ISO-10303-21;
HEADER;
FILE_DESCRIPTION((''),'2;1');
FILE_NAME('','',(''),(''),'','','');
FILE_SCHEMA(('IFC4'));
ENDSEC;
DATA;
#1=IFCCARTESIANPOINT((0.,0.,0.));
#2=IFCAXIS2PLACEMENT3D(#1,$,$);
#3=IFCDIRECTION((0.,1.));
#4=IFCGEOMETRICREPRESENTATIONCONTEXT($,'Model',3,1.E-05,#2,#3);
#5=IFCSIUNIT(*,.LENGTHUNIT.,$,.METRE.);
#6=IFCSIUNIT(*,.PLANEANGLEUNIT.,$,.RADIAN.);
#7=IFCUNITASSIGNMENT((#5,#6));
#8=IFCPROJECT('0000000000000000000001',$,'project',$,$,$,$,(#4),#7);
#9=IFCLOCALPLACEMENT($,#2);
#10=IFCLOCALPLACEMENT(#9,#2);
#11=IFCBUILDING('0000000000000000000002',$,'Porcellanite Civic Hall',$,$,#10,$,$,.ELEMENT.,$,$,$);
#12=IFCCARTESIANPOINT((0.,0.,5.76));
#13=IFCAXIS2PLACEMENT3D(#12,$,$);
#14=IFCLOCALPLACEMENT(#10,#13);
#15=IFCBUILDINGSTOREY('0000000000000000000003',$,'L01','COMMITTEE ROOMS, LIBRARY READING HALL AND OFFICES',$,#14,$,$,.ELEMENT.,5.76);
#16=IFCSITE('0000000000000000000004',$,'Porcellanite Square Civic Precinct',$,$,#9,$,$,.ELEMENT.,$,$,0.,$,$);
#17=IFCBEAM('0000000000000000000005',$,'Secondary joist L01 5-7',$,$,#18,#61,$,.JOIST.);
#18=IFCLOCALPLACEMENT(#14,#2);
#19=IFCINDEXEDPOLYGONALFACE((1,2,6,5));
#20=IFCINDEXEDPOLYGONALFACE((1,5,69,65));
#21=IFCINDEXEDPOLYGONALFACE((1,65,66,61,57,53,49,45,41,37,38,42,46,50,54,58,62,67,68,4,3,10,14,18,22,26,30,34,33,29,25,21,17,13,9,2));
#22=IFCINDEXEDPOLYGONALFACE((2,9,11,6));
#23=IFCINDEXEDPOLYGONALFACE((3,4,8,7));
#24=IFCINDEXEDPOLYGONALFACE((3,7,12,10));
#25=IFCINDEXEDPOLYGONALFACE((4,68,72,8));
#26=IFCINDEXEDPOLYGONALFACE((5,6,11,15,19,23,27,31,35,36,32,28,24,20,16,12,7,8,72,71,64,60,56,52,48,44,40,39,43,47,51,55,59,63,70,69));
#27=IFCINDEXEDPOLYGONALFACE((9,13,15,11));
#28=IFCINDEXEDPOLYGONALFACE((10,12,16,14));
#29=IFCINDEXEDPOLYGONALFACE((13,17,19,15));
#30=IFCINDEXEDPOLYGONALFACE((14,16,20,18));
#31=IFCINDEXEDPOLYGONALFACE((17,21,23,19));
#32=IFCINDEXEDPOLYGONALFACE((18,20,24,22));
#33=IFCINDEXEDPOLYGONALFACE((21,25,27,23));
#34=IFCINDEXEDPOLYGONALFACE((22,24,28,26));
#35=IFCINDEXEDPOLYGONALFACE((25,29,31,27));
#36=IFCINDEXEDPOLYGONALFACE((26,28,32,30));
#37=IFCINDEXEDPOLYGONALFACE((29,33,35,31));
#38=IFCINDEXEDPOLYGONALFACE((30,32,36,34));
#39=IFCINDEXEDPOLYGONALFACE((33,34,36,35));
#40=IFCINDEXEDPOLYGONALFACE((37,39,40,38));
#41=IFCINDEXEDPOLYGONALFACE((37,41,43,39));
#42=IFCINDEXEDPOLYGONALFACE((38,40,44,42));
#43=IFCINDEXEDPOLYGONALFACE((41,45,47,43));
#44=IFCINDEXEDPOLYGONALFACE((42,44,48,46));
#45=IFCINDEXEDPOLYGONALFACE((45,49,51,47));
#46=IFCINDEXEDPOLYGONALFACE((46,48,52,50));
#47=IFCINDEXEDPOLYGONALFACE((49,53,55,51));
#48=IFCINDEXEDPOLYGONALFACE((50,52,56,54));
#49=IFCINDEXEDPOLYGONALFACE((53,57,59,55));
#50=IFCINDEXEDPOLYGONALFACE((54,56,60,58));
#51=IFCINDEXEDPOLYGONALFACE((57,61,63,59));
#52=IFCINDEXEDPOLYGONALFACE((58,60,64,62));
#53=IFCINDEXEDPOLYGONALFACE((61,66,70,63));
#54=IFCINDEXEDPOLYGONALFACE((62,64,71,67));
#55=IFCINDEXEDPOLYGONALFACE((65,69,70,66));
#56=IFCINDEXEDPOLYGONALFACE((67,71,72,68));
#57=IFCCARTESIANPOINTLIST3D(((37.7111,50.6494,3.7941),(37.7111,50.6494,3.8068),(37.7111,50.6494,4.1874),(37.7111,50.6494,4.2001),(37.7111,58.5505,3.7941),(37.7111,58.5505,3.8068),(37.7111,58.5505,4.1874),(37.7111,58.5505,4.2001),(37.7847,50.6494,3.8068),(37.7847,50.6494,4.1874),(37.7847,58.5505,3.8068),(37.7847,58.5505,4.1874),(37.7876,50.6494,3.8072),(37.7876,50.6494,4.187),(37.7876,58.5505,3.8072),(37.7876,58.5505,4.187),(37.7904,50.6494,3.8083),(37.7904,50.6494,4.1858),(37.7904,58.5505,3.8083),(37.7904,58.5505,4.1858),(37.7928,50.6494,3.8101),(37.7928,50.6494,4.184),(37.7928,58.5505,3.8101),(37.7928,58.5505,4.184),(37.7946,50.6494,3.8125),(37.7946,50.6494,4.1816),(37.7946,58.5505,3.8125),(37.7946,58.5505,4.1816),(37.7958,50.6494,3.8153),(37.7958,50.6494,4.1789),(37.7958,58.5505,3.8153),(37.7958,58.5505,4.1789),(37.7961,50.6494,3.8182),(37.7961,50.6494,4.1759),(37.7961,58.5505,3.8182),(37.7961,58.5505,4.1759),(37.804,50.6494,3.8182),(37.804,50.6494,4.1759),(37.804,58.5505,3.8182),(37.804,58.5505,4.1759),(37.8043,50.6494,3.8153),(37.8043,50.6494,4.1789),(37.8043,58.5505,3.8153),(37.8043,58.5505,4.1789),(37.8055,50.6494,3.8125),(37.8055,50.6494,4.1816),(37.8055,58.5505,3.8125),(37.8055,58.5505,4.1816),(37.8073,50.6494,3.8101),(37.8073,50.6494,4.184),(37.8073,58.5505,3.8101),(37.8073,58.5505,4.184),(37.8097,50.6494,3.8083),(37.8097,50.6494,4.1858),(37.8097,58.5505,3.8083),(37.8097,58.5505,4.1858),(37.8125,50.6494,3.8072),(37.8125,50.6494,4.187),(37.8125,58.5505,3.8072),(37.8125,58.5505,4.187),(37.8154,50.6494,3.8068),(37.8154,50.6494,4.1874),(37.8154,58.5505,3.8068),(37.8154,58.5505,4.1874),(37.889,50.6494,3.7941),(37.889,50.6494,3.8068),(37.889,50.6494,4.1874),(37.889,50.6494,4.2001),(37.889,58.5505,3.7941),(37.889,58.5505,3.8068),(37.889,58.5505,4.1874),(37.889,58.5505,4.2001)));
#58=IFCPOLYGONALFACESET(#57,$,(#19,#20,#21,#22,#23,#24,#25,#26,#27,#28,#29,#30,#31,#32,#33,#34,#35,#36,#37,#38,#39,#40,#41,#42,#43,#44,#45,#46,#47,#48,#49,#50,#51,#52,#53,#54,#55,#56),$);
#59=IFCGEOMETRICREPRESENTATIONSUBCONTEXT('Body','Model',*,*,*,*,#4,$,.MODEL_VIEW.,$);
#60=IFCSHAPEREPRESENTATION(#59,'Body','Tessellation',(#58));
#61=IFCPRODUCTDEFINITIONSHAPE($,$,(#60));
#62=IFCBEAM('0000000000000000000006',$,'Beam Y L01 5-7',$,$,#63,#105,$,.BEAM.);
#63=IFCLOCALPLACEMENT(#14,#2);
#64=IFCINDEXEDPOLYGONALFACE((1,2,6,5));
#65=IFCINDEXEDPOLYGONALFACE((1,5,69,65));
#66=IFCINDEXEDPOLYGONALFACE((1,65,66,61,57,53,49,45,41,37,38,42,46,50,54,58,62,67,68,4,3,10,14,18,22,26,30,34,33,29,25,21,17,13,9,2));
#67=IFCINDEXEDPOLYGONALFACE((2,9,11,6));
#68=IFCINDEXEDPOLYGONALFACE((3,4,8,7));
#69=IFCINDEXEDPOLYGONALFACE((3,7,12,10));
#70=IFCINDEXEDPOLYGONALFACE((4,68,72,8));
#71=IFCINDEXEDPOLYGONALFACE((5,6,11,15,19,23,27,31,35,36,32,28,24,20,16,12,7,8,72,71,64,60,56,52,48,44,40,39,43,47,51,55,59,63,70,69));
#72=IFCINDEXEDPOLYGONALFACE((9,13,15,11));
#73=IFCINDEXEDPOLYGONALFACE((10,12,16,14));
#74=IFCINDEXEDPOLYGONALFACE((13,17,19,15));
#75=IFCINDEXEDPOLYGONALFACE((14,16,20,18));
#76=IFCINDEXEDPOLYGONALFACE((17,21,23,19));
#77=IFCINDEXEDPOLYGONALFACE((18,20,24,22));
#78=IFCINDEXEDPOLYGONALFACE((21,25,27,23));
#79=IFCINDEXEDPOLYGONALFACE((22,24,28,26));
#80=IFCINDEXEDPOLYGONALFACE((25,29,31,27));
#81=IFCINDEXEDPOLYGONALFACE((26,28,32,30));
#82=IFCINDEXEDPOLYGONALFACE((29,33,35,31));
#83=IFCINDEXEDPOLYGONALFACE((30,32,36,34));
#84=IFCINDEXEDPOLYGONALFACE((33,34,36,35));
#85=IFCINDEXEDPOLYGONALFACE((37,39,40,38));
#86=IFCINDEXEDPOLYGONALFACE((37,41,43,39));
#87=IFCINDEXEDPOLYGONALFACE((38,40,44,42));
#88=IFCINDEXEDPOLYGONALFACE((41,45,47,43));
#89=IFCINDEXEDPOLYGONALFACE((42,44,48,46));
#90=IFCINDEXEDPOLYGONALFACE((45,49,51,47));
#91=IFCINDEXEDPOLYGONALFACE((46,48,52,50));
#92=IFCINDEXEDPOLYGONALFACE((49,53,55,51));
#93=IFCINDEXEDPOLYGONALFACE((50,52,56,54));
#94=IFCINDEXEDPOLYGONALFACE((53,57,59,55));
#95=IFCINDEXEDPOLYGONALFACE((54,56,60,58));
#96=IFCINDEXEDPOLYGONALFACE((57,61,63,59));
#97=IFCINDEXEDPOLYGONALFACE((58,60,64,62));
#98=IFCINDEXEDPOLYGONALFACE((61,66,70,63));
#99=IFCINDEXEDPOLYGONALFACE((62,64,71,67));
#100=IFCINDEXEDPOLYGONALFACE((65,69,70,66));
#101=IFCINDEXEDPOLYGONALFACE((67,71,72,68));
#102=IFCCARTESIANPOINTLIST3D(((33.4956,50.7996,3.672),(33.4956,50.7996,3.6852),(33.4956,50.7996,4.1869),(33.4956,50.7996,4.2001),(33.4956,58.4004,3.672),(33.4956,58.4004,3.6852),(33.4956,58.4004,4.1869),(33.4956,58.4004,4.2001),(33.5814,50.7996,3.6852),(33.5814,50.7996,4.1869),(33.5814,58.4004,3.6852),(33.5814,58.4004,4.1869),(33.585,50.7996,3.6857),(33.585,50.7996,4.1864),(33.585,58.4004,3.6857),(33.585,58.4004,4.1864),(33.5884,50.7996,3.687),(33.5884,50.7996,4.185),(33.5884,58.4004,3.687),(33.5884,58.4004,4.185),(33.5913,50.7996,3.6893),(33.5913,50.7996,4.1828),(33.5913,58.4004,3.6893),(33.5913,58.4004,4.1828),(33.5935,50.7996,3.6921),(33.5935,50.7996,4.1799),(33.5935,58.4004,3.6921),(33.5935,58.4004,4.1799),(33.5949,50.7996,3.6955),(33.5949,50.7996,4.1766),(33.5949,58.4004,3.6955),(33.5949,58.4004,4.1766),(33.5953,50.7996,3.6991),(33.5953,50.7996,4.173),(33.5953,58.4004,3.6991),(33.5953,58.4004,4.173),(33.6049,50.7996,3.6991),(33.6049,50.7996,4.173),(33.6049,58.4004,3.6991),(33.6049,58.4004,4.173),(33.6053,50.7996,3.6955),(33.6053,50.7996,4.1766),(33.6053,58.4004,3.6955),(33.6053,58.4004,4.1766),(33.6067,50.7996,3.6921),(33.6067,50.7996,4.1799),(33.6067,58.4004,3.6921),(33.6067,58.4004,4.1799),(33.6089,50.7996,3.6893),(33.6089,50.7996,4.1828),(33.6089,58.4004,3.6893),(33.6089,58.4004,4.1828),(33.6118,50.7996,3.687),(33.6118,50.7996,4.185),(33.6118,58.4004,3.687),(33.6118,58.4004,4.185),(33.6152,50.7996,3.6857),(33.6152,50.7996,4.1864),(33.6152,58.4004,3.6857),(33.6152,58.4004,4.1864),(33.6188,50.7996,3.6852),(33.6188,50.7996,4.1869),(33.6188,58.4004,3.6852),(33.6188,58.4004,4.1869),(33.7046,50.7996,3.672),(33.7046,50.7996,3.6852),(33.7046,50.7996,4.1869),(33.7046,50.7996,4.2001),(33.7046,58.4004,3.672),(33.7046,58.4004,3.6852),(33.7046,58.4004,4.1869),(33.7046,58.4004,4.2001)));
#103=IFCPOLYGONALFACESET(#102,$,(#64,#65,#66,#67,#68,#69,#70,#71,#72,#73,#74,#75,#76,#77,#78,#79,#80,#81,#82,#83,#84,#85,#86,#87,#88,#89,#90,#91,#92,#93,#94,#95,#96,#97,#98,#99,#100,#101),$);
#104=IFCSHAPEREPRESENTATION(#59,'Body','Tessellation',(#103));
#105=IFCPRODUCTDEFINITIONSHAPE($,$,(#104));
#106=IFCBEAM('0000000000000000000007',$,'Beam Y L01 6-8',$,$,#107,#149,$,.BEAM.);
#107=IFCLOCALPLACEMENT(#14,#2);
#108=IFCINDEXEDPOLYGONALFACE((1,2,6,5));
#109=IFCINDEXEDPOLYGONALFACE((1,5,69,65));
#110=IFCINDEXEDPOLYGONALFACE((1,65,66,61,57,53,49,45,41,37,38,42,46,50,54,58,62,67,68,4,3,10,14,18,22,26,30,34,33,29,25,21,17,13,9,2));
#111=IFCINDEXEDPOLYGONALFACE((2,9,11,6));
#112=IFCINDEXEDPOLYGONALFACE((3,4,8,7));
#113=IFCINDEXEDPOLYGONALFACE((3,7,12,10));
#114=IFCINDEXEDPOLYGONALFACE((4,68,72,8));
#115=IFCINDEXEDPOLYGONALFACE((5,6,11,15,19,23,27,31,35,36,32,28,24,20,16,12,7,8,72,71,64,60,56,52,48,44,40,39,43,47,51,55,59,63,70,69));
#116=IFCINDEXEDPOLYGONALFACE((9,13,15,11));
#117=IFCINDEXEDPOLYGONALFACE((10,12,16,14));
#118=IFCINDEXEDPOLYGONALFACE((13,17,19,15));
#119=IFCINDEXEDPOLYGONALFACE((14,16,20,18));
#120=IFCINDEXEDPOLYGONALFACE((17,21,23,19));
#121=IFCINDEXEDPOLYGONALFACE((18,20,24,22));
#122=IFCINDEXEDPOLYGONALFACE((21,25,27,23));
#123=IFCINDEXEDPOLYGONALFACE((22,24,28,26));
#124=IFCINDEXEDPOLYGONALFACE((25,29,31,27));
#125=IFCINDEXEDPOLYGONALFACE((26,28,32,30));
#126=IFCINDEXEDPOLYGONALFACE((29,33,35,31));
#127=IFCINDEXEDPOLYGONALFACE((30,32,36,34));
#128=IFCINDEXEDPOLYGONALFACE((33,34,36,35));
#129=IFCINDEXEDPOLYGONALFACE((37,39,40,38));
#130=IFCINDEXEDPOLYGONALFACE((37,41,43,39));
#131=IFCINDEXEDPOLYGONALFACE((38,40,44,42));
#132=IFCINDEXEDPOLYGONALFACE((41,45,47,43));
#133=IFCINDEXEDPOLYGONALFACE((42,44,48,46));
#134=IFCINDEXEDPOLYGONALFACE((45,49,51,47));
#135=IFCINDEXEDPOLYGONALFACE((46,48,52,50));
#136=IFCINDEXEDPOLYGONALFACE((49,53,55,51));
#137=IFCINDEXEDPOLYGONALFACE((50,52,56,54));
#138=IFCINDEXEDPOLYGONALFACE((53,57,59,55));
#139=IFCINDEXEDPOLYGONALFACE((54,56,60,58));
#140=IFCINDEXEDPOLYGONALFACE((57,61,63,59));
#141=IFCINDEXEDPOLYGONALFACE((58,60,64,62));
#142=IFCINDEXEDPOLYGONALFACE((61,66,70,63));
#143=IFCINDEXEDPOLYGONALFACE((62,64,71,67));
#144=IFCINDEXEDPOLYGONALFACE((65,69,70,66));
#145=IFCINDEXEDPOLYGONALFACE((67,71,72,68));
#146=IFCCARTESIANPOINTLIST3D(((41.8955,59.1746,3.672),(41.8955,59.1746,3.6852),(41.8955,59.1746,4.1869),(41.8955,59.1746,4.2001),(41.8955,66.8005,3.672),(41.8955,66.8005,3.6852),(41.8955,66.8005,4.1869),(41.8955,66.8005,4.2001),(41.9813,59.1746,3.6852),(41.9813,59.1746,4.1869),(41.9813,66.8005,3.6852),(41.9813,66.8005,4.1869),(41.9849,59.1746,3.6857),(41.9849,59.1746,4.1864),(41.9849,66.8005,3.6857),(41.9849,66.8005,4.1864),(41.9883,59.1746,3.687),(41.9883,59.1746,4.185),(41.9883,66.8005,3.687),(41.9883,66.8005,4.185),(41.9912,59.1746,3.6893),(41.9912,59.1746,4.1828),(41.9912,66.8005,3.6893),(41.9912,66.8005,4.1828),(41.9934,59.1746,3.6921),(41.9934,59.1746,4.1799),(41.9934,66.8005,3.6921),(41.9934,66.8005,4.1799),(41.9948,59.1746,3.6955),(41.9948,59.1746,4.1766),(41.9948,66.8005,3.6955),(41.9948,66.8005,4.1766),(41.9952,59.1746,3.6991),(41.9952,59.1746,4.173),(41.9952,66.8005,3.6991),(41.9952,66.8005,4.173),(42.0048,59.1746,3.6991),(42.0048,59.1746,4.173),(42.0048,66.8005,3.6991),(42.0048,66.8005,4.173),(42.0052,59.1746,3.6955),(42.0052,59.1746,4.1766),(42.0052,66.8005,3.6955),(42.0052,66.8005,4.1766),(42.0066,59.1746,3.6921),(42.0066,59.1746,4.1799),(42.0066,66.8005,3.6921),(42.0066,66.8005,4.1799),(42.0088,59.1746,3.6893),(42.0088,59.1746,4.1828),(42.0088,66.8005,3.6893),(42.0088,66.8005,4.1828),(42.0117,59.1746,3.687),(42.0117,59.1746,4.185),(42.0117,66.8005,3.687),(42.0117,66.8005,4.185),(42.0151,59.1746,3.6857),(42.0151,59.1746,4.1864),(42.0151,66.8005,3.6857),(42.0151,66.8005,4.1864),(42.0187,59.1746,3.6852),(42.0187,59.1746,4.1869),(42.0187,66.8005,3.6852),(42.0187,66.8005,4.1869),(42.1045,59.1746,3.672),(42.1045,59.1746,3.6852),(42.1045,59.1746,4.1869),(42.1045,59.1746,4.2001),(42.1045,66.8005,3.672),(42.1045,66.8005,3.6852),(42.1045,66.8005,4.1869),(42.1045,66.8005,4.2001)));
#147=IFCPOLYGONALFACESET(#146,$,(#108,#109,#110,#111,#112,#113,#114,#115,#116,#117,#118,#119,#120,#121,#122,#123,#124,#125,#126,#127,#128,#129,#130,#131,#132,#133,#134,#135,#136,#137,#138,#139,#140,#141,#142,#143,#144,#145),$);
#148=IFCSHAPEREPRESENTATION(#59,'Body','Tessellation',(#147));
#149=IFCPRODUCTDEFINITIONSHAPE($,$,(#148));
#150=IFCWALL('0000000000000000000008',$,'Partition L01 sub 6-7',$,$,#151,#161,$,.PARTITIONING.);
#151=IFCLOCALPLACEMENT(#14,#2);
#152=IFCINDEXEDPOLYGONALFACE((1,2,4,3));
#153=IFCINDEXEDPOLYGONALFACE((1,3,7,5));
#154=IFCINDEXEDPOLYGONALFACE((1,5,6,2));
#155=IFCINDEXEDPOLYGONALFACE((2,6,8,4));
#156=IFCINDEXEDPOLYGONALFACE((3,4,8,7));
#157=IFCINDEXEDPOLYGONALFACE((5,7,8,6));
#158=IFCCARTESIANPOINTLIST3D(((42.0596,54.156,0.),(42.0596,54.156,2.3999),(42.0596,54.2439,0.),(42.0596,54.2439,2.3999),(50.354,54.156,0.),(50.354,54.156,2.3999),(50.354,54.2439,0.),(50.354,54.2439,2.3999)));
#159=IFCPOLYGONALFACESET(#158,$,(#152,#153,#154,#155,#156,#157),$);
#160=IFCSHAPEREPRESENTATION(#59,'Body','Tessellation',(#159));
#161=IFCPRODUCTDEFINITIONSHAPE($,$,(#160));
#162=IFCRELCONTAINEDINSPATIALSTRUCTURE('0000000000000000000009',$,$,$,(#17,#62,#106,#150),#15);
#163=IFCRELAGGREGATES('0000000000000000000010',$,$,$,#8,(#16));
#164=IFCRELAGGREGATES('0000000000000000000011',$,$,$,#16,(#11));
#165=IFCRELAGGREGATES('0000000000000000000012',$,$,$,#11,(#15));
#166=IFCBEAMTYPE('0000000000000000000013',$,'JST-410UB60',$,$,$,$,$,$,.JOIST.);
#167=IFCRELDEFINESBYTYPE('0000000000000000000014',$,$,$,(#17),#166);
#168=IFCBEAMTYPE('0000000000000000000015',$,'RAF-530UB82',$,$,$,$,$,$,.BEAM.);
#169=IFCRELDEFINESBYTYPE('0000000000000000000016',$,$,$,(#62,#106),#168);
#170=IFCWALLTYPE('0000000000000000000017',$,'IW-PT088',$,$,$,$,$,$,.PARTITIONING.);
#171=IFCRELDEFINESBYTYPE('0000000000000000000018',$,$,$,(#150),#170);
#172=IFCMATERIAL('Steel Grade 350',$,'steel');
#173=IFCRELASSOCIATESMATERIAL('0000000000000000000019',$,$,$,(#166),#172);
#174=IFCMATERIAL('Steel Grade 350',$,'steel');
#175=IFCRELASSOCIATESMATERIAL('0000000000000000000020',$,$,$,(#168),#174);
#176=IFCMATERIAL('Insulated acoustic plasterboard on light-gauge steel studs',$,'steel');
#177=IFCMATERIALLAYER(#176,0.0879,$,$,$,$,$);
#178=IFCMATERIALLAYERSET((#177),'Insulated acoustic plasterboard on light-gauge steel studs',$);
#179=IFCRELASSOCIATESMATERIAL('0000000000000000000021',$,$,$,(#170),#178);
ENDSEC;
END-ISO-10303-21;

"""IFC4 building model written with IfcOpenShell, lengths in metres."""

from ifc_helpers import new_model, si_unit, direction, frame, frame_2d, origin, origin_2d, place, context, subcontext, project, spatial, rectangle, i_section, extrude, material, layer, layer_set, material_profile, profile_set, type_object, element, save


model = new_model("IFC4")

# Units and contexts
model_context = context("Model", 3, precision=1e-05, world=origin(), true_north=direction((0.0, 1.0)))
body_context = subcontext(model_context, "Body", "Model", "MODEL_VIEW")
ifc_project = project(units=[si_unit("LENGTHUNIT", "METRE"), si_unit("PLANEANGLEUNIT", "RADIAN")], contexts=[model_context])

# Site, building, storey
site_placement = place(None, origin())
site = spatial("IfcSite", under=ifc_project, at=site_placement, Name="Porcellanite Square Civic Precinct", CompositionType="ELEMENT", RefElevation=0.0)
building_placement = place(site_placement, origin())
building = spatial("IfcBuilding", under=site, at=building_placement, Name="Porcellanite Civic Hall", CompositionType="ELEMENT")
storey_placement = place(building_placement, frame((0.0, 0.0, 5.76)))
storey = spatial("IfcBuildingStorey", under=building, at=storey_placement, Name="L01", Description="COMMITTEE ROOMS, LIBRARY READING HALL AND OFFICES", CompositionType="ELEMENT", Elevation=5.76)

# Beams
ifc_material_1 = material(Name="Steel Grade 350", Category="steel")
ifc_material_profile_1 = material_profile(ifc_material_1, i_section(OverallWidth=0.178, OverallDepth=0.406, WebThickness=0.0078, FlangeThickness=0.0127, FilletRadius=0.0115, at=origin_2d()), Name="410UB59.7")
ifc_profile_set_1 = profile_set([ifc_material_profile_1], Name="Steel Grade 350")
beam_type_1 = type_object("IfcBeamType", Name="JST-410UB60", PredefinedType="JOIST", material=ifc_profile_set_1)
beam_1_placement = place(storey_placement, frame((37.8, 50.6494, 3.9971), z_axis=(0.0, 1.0, 0.0), x_axis=(-1.0, 0.0, 0.0)))
element("IfcBeam", 1, at=beam_1_placement, inside=storey, type_object=beam_type_1, Name="Secondary joist L01 5-7", PredefinedType="JOIST", context=body_context, shape_type="SweptSolid", body=[
    extrude(i_section(OverallWidth=0.178, OverallDepth=0.406, WebThickness=0.0078, FlangeThickness=0.0127, FilletRadius=0.0115, at=origin_2d()), origin(), (0.0, 0.0, 1.0), 7.9011),
])
ifc_material_2 = material(Name="Steel Grade 350", Category="steel")
ifc_material_profile_2 = material_profile(ifc_material_2, i_section(OverallWidth=0.209, OverallDepth=0.5281, WebThickness=0.0095, FlangeThickness=0.0132, FilletRadius=0.0139, at=origin_2d()), Name="530UB82.0")
ifc_profile_set_2 = profile_set([ifc_material_profile_2], Name="Steel Grade 350")
beam_type_2 = type_object("IfcBeamType", Name="RAF-530UB82", PredefinedType="BEAM", material=ifc_profile_set_2)
beam_2_placement = place(storey_placement, frame((33.6001, 50.7996, 3.936), z_axis=(0.0, 1.0, 0.0), x_axis=(-1.0, 0.0, 0.0)))
element("IfcBeam", 2, at=beam_2_placement, inside=storey, type_object=beam_type_2, Name="Beam Y L01 5-7", PredefinedType="BEAM", context=body_context, shape_type="SweptSolid", body=[
    extrude(i_section(OverallWidth=0.209, OverallDepth=0.5281, WebThickness=0.0095, FlangeThickness=0.0132, FilletRadius=0.0139, at=origin_2d()), origin(), (0.0, 0.0, 1.0), 7.6008),
])
beam_3_placement = place(storey_placement, frame((42.0, 59.1746, 3.936), z_axis=(0.0, 1.0, 0.0), x_axis=(-1.0, 0.0, 0.0)))
element("IfcBeam", 3, at=beam_3_placement, inside=storey, type_object=beam_type_2, Name="Beam Y L01 6-8", PredefinedType="BEAM", context=body_context, shape_type="SweptSolid", body=[
    extrude(i_section(OverallWidth=0.209, OverallDepth=0.5281, WebThickness=0.0095, FlangeThickness=0.0132, FilletRadius=0.0139, at=origin_2d()), origin(), (0.0, 0.0, 1.0), 7.626),
])

# Wall
ifc_material_3 = material(Name="Insulated acoustic plasterboard on light-gauge steel studs", Category="steel")
ifc_layer_1 = layer(ifc_material_3, 0.0879)
ifc_layer_set_1 = layer_set([ifc_layer_1], Name="Insulated acoustic plasterboard on light-gauge steel studs")
wall_type_1 = type_object("IfcWallType", Name="IW-PT088", PredefinedType="PARTITIONING", material=ifc_layer_set_1)
wall_1_placement = place(storey_placement, frame((42.0596, 54.2, 0.0), z_axis=(0.0, 0.0, 1.0), x_axis=(1.0, 0.0, 0.0)))
element("IfcWall", 4, at=wall_1_placement, inside=storey, type_object=wall_type_1, Name="Partition L01 sub 6-7", PredefinedType="PARTITIONING", context=body_context, shape_type="SweptSolid", body=[
    extrude(rectangle(XDim=8.2944, YDim=0.0879, at=frame_2d((4.1472, 0.0))), origin(), (0.0, 0.0, 1.0), 2.3999),
])

save(model, "model.ifc")
